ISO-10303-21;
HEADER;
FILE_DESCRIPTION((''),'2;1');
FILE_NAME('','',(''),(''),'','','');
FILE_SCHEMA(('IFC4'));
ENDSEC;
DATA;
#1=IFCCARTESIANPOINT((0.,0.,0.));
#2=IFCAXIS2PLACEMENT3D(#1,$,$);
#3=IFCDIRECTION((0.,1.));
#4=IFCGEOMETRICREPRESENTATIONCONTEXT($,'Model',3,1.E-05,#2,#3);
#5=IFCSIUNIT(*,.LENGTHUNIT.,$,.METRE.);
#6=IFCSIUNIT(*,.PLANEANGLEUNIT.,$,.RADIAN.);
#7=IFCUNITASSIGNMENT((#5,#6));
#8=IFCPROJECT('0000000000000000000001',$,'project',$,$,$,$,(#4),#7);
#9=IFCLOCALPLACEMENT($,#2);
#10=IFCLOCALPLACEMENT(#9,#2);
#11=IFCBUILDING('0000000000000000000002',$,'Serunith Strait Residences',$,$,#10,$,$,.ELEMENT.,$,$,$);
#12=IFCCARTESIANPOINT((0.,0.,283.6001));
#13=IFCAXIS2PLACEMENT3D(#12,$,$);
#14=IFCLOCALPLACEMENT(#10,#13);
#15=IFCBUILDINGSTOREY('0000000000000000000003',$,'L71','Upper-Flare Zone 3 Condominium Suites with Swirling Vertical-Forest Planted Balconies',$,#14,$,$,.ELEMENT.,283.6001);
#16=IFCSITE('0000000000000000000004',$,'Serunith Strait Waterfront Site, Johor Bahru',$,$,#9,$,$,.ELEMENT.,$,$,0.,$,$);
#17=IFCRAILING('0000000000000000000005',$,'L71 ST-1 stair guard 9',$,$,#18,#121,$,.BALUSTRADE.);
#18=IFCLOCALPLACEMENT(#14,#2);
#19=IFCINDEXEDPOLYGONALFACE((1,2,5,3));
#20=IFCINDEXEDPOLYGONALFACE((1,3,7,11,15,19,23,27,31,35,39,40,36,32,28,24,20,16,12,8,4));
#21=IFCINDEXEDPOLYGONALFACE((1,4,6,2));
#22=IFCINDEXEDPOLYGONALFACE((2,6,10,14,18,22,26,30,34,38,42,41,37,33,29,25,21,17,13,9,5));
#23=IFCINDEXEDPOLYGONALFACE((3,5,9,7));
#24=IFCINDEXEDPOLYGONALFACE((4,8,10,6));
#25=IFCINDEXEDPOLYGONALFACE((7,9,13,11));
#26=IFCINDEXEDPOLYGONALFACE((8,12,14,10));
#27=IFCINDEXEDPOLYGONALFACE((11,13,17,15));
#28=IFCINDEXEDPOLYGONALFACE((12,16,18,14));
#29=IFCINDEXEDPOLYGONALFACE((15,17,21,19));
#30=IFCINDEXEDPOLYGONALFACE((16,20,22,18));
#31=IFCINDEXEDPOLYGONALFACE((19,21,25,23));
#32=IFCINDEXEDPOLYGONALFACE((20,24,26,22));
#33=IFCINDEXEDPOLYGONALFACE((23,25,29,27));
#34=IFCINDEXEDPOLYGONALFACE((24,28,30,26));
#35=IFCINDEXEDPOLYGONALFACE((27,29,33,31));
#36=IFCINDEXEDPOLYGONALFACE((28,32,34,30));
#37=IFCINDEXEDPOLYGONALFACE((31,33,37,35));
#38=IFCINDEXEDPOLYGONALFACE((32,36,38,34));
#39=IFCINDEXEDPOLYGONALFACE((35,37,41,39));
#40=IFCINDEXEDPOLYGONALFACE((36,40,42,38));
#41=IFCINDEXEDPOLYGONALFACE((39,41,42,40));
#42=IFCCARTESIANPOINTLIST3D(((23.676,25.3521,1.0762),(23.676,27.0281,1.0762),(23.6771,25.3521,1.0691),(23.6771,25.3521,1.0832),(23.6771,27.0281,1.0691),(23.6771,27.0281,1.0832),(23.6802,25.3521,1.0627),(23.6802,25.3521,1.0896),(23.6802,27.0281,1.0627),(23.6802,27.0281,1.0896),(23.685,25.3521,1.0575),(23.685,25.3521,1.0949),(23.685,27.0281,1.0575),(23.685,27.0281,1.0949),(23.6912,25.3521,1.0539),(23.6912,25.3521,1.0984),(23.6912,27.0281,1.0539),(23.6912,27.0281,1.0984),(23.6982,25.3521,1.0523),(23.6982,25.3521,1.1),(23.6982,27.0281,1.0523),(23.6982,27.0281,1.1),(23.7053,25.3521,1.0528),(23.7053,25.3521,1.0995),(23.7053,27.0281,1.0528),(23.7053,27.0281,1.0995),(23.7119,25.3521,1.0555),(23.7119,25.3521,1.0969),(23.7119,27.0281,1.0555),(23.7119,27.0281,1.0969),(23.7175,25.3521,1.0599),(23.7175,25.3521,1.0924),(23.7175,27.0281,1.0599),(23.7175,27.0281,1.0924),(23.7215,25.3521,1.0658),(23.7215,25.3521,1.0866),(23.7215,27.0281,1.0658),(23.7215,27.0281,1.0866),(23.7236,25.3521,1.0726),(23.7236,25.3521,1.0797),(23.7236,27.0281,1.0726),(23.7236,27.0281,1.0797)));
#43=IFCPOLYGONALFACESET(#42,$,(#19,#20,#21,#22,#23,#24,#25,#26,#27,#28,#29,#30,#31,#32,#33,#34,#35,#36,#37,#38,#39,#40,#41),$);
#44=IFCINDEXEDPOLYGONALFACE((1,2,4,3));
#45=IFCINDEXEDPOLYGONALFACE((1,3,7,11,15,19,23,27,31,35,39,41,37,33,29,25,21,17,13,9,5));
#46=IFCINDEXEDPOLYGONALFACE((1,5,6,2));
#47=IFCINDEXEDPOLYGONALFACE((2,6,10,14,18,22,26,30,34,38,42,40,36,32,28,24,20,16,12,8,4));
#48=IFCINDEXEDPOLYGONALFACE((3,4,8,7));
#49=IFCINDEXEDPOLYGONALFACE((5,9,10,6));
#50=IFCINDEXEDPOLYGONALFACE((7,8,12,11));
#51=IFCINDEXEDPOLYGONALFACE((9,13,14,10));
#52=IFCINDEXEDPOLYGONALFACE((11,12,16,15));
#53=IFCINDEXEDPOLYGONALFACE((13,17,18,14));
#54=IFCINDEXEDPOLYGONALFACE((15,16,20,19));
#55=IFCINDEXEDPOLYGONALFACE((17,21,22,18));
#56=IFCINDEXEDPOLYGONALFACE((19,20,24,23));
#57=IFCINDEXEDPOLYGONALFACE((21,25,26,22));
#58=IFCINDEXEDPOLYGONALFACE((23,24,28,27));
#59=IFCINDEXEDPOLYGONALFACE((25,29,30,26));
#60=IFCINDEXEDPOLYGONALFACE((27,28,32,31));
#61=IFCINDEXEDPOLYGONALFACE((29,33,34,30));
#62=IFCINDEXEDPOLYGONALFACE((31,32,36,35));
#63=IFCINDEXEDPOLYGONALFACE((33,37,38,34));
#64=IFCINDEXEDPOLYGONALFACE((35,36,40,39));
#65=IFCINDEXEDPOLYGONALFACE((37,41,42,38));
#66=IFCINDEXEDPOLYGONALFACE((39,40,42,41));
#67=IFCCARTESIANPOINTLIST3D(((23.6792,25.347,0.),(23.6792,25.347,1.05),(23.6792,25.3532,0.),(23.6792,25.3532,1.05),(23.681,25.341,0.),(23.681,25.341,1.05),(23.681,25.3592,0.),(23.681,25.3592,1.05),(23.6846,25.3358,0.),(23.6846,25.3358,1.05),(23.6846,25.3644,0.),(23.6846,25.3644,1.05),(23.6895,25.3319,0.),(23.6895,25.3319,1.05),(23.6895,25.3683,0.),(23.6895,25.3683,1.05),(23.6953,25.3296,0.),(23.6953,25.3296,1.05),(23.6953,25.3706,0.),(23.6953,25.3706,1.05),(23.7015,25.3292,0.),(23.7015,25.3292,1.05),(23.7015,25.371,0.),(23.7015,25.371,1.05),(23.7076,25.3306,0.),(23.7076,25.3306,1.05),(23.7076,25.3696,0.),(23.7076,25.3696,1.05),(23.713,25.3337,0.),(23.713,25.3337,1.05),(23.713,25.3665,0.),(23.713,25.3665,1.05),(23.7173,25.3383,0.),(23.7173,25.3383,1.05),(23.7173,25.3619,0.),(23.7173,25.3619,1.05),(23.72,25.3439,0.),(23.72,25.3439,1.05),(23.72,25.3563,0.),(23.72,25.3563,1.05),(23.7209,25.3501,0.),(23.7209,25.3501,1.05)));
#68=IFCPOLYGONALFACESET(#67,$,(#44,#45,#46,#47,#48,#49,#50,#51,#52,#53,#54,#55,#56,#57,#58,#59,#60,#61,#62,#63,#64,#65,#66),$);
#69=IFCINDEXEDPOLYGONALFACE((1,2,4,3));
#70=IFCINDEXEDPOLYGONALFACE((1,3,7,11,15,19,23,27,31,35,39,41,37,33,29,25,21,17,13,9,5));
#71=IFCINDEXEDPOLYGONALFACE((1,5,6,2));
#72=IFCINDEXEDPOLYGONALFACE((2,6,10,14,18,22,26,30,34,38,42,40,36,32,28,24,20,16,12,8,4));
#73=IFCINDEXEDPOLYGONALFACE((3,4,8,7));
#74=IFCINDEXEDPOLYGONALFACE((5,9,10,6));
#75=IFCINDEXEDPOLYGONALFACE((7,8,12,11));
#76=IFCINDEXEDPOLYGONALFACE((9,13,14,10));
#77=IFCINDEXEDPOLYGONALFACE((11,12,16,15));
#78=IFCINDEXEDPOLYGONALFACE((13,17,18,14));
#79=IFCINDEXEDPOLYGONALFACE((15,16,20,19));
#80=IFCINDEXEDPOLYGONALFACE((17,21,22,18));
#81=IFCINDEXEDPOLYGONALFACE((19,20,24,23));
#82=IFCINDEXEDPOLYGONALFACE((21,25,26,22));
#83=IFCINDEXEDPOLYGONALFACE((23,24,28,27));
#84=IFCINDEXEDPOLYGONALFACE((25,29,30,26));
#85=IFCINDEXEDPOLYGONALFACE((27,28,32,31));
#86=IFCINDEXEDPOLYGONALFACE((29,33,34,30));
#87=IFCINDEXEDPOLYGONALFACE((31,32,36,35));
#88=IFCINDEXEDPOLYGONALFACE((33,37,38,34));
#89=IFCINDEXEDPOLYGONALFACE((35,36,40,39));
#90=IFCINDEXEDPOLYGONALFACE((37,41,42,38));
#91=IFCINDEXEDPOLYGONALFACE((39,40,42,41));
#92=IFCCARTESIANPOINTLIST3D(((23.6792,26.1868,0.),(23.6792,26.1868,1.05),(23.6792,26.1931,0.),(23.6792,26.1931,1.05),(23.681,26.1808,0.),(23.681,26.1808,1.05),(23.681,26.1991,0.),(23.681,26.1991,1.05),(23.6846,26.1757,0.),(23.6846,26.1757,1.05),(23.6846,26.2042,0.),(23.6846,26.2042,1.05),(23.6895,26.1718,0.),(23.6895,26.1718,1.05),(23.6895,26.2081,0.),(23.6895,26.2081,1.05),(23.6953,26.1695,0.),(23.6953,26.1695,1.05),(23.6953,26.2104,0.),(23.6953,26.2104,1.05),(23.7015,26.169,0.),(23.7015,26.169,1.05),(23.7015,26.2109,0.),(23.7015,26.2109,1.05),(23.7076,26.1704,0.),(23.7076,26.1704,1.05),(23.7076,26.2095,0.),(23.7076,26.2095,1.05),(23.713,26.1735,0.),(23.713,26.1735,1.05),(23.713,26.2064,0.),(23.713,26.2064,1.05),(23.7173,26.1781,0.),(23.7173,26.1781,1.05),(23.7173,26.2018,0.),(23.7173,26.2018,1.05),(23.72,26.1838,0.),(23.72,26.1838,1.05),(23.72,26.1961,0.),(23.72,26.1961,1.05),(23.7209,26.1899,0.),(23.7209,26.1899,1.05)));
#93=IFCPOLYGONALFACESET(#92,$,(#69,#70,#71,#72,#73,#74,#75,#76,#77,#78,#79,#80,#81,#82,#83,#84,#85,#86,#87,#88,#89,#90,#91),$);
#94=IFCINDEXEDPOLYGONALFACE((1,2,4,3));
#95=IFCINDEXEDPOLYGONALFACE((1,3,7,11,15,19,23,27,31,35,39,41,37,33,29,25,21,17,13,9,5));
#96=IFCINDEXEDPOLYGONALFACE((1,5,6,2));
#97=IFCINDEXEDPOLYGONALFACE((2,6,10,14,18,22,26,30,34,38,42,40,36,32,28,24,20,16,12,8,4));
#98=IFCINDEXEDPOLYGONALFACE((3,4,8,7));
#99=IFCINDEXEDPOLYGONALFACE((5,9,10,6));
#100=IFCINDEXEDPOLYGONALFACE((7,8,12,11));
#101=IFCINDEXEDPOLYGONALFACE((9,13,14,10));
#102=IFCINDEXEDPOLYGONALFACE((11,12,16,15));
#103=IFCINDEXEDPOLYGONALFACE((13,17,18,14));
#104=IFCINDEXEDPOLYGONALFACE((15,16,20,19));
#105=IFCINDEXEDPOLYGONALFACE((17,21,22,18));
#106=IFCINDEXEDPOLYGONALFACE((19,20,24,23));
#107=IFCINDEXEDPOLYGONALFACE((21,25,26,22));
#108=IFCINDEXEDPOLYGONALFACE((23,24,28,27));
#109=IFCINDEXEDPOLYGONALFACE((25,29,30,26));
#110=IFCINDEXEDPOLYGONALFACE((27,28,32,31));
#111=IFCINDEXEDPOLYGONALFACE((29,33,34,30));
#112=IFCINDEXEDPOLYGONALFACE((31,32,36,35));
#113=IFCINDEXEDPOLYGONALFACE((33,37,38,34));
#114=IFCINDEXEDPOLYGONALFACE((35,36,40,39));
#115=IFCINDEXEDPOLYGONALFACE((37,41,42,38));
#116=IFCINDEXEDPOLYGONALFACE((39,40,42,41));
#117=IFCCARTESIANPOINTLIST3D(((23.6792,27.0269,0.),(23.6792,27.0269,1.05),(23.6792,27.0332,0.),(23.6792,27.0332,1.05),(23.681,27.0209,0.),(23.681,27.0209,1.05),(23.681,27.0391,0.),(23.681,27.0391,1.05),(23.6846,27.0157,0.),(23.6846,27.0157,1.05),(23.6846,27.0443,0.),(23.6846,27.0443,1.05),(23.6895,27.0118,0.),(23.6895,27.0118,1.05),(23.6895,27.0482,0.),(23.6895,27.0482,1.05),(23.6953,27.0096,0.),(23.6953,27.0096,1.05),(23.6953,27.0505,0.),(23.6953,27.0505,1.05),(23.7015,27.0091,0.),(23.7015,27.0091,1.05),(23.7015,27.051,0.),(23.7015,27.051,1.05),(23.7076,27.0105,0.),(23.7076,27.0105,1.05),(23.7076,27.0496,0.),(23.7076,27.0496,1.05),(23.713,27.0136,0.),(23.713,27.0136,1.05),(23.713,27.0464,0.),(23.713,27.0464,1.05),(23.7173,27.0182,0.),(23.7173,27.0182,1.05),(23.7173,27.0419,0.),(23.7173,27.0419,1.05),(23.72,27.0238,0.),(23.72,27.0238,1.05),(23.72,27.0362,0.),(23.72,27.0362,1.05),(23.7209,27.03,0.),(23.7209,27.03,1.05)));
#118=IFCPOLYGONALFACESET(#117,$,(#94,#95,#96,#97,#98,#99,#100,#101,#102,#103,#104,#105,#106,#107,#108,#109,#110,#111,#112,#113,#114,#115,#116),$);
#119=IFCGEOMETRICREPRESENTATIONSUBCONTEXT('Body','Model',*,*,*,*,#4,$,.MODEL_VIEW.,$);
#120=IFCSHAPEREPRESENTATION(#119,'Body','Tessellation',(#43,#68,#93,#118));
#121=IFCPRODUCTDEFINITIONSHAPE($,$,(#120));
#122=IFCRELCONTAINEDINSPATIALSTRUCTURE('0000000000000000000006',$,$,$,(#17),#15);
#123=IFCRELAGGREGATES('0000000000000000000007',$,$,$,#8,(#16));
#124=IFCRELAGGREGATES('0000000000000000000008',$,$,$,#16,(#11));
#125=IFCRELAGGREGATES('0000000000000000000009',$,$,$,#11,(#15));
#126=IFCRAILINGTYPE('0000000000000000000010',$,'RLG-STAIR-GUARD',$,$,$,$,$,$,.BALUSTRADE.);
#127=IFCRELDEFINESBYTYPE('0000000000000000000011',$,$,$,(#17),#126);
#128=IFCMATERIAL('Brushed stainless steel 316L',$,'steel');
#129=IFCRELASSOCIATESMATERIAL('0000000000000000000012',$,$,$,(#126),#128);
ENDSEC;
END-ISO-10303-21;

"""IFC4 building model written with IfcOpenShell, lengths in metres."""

from ifc_helpers import new_model, si_unit, direction, frame, origin, origin_2d, place, context, subcontext, project, spatial, circle, extrude, material, type_object, element, save


model = new_model("IFC4")

# Units and contexts
model_context = context("Model", 3, precision=1e-05, world=origin(), true_north=direction((0.0, 1.0)))
body_context = subcontext(model_context, "Body", "Model", "MODEL_VIEW")
ifc_project = project(units=[si_unit("LENGTHUNIT", "METRE"), si_unit("PLANEANGLEUNIT", "RADIAN")], contexts=[model_context])

# Site, building, storey
site_placement = place(None, origin())
site = spatial("IfcSite", under=ifc_project, at=site_placement, Name="Serunith Strait Waterfront Site, Johor Bahru", CompositionType="ELEMENT", RefElevation=0.0)
building_placement = place(site_placement, origin())
building = spatial("IfcBuilding", under=site, at=building_placement, Name="Serunith Strait Residences", CompositionType="ELEMENT")
storey_placement = place(building_placement, frame((0.0, 0.0, 283.6001)))
storey = spatial("IfcBuildingStorey", under=building, at=storey_placement, Name="L71", Description="Upper-Flare Zone 3 Condominium Suites with Swirling Vertical-Forest Planted Balconies", CompositionType="ELEMENT", Elevation=283.6001)

# Railing
ifc_material_1 = material(Name="Brushed stainless steel 316L", Category="steel")
railing_type_1 = type_object("IfcRailingType", Name="RLG-STAIR-GUARD", PredefinedType="BALUSTRADE", material=ifc_material_1)
for number, where, name in (
    (1, (23.7, 25.3501, 0.0), "L71 ST-1 stair guard 9"),
):
    element("IfcRailing", number, at=place(storey_placement, frame(where)), inside=storey, type_object=railing_type_1, Name=name, PredefinedType="BALUSTRADE", context=body_context, shape_type="SweptSolid", body=[
        extrude(circle(Radius=0.0239, at=origin_2d()), frame((0.0, 0.002, 1.0762), z_axis=(0.0, 1.0, 0.0), x_axis=(-1.0, 0.0, 0.0)), (0.0, 0.0, 1.0), 1.676),
        extrude(circle(Radius=0.021, at=origin_2d()), origin(), (0.0, 0.0, 1.0), 1.05),
        extrude(circle(Radius=0.021, at=origin_2d()), frame((0.0, 0.8398, 0.0)), (0.0, 0.0, 1.0), 1.05),
        extrude(circle(Radius=0.021, at=origin_2d()), frame((0.0, 1.6799, 0.0)), (0.0, 0.0, 1.0), 1.05),
    ])

save(model, "model.ifc")
